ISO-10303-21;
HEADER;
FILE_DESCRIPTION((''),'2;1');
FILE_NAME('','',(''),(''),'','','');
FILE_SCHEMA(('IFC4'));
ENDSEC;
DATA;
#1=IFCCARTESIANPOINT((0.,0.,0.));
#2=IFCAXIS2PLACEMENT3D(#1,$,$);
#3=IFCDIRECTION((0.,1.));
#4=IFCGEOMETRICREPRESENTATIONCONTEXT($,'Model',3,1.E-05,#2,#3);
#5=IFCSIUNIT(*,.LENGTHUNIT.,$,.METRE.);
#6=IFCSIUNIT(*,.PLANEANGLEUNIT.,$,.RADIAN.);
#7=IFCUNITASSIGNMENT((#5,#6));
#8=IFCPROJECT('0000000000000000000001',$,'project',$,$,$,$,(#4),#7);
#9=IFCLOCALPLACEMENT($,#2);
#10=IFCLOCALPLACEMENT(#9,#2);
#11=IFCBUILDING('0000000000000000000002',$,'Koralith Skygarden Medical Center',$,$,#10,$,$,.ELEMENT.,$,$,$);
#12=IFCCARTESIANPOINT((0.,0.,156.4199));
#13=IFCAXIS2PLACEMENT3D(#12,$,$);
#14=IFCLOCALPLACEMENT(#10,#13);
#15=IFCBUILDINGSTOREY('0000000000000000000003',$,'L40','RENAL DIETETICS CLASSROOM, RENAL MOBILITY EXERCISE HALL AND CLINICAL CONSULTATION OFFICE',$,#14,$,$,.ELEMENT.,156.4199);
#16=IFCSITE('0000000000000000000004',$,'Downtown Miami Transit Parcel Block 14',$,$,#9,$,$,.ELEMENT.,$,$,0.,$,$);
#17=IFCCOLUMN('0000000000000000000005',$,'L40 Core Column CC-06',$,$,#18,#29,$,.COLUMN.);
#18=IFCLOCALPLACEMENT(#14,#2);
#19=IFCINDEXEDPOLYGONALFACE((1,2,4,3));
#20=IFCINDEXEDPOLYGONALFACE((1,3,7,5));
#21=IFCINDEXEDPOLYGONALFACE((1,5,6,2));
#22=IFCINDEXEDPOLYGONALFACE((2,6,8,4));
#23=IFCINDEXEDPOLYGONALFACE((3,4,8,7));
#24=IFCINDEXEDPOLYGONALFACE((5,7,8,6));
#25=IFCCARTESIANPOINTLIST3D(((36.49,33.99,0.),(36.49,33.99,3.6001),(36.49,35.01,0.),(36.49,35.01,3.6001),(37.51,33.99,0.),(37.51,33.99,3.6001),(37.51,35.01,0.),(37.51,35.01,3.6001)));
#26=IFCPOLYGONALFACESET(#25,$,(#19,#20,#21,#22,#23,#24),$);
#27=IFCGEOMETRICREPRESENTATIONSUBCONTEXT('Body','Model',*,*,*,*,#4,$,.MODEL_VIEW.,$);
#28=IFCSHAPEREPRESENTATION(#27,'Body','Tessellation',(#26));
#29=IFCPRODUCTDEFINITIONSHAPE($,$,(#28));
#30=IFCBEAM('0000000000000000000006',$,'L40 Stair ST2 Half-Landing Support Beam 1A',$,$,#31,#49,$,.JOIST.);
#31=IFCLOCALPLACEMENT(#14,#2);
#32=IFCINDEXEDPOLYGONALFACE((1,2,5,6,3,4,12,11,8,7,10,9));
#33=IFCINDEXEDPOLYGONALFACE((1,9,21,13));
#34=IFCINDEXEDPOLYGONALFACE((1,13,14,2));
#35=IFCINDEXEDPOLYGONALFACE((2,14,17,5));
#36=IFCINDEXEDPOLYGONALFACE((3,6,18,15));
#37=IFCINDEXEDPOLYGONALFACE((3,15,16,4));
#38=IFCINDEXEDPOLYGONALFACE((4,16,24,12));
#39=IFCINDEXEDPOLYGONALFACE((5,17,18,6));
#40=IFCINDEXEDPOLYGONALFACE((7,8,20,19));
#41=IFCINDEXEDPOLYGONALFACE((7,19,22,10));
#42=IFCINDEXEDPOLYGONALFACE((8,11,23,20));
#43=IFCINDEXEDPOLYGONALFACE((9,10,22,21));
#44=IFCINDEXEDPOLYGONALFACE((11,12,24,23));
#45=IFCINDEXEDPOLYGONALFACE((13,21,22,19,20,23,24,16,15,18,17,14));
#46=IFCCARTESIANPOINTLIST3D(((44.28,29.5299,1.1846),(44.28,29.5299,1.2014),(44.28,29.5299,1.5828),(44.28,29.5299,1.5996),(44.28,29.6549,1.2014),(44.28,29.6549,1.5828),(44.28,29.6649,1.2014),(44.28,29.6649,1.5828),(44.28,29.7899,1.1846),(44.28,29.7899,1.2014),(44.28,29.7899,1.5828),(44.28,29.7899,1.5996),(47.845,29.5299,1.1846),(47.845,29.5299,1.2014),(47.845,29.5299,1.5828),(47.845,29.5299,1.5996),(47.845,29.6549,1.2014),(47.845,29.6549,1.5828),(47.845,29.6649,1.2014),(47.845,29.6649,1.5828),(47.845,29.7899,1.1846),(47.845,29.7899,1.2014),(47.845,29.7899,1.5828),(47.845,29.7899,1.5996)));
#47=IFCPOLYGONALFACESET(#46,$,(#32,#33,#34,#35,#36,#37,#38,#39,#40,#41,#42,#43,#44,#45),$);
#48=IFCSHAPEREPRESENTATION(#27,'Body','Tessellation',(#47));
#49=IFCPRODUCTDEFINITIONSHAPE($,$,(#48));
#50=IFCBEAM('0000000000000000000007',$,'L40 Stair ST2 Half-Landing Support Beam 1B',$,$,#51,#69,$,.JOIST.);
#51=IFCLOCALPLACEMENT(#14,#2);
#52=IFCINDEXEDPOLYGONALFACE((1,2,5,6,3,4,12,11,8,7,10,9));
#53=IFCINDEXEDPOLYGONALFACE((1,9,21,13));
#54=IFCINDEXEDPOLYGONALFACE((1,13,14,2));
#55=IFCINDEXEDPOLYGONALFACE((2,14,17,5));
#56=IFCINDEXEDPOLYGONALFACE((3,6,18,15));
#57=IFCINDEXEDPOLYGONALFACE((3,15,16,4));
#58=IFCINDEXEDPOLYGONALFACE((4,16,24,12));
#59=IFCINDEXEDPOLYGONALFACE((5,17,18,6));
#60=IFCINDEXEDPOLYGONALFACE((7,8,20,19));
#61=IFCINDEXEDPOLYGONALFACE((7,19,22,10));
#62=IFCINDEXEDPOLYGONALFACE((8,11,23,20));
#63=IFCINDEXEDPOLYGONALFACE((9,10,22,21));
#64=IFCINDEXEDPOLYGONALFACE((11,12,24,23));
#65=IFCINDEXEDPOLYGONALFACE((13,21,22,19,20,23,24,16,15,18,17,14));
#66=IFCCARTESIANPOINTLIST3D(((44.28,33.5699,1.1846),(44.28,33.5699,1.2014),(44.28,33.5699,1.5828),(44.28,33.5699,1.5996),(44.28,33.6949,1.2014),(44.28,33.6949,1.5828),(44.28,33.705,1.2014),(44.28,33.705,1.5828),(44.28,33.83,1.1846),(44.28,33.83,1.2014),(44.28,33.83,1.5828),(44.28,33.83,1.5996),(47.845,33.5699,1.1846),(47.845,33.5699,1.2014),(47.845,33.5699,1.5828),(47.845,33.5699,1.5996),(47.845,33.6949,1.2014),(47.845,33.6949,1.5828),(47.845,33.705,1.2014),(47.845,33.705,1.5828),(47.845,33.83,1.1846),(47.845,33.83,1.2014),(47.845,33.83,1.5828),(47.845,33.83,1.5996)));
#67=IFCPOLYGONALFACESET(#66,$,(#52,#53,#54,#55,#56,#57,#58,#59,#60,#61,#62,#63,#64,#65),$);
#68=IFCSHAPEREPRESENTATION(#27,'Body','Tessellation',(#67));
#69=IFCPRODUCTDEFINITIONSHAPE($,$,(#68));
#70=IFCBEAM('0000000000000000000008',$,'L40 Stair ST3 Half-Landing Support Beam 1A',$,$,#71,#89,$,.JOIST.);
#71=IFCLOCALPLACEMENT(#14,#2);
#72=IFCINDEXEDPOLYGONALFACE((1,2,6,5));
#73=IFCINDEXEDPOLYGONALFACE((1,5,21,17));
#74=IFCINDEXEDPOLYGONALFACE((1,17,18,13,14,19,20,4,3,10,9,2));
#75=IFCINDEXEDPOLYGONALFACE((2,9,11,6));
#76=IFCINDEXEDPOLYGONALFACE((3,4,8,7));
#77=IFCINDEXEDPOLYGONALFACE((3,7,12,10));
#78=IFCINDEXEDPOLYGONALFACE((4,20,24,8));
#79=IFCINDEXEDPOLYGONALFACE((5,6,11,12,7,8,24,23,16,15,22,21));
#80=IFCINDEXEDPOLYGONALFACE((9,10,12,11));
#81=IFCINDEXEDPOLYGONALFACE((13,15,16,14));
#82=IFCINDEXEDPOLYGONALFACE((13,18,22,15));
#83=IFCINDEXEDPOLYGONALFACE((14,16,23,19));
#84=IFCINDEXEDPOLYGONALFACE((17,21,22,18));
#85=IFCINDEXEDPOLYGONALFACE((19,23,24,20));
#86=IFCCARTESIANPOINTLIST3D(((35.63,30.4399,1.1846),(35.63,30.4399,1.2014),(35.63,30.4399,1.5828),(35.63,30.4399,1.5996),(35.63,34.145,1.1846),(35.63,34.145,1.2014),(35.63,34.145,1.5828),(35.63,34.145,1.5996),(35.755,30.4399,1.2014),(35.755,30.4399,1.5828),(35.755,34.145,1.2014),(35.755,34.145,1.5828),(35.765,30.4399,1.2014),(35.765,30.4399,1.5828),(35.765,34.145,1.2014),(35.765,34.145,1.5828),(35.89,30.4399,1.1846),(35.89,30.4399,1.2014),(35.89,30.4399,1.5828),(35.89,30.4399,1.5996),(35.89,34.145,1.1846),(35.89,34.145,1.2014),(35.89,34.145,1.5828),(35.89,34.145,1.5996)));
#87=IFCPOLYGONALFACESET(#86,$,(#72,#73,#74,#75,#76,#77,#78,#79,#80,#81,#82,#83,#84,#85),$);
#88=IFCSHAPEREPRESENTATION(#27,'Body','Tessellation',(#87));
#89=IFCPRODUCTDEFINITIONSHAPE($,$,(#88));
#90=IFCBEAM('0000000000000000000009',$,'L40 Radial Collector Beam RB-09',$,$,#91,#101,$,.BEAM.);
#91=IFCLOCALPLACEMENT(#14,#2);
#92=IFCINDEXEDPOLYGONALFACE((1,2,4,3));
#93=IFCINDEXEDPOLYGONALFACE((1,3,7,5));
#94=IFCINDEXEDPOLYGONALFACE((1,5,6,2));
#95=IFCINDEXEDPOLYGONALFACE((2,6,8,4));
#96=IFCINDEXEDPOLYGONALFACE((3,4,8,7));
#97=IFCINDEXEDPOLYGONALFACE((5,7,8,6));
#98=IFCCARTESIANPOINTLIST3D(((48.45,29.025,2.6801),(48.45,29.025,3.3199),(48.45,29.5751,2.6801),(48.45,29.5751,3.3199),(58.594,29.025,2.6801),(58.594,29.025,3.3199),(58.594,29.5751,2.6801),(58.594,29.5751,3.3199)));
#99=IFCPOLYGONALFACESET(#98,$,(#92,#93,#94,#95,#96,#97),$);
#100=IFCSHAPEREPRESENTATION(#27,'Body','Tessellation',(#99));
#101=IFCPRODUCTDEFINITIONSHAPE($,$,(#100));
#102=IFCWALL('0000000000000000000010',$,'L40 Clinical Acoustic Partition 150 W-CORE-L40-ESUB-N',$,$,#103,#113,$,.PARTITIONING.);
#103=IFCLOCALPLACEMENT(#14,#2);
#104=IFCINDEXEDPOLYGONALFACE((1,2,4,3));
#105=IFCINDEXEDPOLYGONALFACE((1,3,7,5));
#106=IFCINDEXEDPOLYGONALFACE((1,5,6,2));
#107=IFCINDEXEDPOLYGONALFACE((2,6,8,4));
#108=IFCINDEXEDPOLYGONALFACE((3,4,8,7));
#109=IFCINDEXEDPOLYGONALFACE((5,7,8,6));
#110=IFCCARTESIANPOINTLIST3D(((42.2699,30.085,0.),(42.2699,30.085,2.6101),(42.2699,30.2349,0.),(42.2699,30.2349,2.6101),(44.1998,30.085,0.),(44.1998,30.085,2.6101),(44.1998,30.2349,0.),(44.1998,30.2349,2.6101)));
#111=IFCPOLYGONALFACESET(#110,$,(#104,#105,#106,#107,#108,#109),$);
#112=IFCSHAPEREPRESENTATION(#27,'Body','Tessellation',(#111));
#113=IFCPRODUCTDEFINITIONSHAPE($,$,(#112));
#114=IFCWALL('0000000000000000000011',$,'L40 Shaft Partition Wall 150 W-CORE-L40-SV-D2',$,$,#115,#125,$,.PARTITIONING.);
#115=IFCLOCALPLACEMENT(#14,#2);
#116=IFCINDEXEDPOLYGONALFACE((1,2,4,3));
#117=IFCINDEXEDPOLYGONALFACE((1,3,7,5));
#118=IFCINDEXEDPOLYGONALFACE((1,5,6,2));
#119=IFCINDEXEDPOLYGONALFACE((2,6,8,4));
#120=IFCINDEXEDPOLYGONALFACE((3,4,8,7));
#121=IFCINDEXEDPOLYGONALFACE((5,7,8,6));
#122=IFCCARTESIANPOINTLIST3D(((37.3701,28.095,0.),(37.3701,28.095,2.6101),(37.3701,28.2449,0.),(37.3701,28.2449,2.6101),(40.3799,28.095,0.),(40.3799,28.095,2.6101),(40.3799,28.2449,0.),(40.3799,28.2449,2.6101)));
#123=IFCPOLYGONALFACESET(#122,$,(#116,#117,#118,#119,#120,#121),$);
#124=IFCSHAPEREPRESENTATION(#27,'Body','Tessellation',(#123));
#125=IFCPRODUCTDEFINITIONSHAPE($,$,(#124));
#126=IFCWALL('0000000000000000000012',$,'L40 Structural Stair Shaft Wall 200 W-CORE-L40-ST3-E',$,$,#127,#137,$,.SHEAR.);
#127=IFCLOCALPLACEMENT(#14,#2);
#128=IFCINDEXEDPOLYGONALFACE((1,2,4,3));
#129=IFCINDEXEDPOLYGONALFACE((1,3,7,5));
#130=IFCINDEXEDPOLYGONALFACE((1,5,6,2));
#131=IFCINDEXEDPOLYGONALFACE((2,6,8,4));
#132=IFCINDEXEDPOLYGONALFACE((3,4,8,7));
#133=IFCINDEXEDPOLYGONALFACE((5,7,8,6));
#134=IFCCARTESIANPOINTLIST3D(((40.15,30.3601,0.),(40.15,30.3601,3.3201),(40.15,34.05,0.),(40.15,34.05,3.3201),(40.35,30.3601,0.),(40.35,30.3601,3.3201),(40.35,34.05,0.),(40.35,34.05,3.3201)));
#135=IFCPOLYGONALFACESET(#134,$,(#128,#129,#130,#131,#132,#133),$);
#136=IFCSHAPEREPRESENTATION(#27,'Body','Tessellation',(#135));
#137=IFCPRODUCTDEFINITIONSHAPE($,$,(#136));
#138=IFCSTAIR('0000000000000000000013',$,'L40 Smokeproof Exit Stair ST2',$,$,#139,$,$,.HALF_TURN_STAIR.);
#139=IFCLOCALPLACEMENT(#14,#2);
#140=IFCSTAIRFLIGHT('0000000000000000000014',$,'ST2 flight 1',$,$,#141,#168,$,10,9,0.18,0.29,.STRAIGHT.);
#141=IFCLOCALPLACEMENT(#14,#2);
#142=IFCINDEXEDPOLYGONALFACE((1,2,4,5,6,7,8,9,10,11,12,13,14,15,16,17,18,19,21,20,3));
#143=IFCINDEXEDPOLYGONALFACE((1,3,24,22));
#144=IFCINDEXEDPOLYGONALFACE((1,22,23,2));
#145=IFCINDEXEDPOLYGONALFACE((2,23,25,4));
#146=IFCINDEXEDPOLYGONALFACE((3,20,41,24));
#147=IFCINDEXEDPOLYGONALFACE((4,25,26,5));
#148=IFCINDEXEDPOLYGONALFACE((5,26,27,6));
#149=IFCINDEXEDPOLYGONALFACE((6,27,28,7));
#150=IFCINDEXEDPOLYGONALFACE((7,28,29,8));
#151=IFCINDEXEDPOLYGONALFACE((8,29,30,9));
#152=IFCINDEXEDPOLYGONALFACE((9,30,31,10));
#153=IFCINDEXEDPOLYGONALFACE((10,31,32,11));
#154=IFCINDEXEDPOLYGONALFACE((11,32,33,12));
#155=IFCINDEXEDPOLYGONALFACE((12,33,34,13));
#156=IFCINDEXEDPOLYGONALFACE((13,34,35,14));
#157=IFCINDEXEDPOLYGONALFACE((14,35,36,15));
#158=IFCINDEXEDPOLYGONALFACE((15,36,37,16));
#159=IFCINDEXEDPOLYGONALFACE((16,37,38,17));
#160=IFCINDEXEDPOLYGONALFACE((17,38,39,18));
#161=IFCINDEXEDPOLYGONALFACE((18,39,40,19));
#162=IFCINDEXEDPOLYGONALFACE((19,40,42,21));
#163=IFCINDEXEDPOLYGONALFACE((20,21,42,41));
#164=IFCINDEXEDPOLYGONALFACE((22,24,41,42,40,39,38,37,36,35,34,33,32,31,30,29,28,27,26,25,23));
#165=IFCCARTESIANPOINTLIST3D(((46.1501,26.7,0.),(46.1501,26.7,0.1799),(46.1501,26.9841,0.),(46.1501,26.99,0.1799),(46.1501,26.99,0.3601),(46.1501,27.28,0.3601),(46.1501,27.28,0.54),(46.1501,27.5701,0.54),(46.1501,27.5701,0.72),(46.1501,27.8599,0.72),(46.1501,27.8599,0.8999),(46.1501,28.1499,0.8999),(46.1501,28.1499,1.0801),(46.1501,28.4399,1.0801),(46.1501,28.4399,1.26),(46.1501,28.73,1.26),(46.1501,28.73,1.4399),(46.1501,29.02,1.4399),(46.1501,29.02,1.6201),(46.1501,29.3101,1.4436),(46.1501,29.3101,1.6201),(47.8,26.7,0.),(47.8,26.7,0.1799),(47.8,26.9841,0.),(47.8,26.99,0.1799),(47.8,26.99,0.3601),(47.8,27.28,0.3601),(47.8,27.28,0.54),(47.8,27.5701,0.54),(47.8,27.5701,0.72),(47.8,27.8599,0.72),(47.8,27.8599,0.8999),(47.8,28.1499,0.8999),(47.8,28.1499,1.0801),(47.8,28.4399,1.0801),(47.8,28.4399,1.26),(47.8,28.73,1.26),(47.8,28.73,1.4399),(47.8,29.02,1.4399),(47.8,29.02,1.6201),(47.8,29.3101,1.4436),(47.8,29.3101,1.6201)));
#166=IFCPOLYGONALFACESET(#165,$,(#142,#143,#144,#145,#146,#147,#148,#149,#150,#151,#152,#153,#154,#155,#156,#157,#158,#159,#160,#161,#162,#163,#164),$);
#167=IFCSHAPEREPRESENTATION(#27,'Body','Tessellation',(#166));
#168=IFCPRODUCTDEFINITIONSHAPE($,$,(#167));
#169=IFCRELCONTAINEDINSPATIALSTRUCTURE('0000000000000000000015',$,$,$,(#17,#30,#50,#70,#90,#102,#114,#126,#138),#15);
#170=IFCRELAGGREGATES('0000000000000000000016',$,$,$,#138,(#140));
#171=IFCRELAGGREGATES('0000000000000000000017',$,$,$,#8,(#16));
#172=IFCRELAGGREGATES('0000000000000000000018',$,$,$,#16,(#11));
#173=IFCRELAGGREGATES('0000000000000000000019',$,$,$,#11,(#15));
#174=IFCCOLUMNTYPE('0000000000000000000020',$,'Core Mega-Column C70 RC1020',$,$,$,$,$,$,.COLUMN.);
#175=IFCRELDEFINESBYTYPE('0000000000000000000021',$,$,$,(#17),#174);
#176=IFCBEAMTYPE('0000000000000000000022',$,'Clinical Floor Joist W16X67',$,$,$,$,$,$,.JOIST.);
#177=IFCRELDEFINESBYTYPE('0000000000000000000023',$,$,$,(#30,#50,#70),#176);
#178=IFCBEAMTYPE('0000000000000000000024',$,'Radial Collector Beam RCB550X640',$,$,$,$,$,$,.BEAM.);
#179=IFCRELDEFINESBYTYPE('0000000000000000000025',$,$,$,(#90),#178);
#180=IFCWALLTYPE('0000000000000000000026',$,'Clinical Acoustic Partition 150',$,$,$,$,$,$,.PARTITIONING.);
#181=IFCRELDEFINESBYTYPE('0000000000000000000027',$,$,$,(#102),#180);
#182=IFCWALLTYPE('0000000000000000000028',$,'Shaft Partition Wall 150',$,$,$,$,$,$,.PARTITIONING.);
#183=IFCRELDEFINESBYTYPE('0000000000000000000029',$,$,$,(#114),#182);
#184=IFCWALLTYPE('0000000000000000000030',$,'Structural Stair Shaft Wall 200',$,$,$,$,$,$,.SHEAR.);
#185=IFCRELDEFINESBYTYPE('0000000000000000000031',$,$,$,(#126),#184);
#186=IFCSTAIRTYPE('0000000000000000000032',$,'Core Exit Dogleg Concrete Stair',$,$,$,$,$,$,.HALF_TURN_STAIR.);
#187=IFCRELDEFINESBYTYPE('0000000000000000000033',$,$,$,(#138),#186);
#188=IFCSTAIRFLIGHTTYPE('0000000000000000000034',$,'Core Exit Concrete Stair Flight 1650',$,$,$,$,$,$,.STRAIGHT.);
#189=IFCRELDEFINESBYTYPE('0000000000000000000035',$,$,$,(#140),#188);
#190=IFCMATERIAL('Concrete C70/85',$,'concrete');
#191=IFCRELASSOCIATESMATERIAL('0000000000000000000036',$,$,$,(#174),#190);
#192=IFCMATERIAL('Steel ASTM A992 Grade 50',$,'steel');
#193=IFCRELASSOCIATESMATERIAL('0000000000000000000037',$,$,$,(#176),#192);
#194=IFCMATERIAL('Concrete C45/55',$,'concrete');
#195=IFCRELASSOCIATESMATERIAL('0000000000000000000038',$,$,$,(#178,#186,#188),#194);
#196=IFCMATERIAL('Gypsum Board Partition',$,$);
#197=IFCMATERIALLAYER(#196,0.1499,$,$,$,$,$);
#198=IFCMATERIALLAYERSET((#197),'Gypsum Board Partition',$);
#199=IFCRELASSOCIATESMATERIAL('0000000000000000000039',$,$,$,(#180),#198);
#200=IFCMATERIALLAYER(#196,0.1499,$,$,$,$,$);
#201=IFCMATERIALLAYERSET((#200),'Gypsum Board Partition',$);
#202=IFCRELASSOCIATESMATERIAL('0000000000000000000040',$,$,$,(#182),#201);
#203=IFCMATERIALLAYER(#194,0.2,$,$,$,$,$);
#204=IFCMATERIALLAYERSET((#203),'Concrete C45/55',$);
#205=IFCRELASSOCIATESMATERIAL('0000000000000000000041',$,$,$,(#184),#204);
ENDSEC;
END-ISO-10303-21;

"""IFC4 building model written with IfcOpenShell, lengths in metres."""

from ifc_helpers import new_model, si_unit, direction, frame, frame_2d, origin, origin_2d, place, context, subcontext, project, spatial, polyline, rectangle, i_section, outline, extrude, material, layer, layer_set, material_profile, profile_set, type_object, element, aggregate, save


model = new_model("IFC4")

# Units and contexts
model_context = context("Model", 3, precision=1e-05, world=origin(), true_north=direction((0.0, 1.0)))
body_context = subcontext(model_context, "Body", "Model", "MODEL_VIEW")
ifc_project = project(units=[si_unit("LENGTHUNIT", "METRE"), si_unit("PLANEANGLEUNIT", "RADIAN")], contexts=[model_context])

# Site, building, storey
site_placement = place(None, origin())
site = spatial("IfcSite", under=ifc_project, at=site_placement, Name="Downtown Miami Transit Parcel Block 14", CompositionType="ELEMENT", RefElevation=0.0)
building_placement = place(site_placement, origin())
building = spatial("IfcBuilding", under=site, at=building_placement, Name="Koralith Skygarden Medical Center", CompositionType="ELEMENT")
storey_placement = place(building_placement, frame((0.0, 0.0, 156.4199)))
storey = spatial("IfcBuildingStorey", under=building, at=storey_placement, Name="L40", Description="RENAL DIETETICS CLASSROOM, RENAL MOBILITY EXERCISE HALL AND CLINICAL CONSULTATION OFFICE", CompositionType="ELEMENT", Elevation=156.4199)

# Column
ifc_material_1 = material(Name="Concrete C70/85", Category="concrete")
ifc_material_profile_1 = material_profile(ifc_material_1, rectangle(XDim=1.02, YDim=1.02, at=origin_2d()), Name="RC1020X1020")
ifc_profile_set_1 = profile_set([ifc_material_profile_1], Name="Concrete C70/85")
column_type = type_object("IfcColumnType", Name="Core Mega-Column C70 RC1020", PredefinedType="COLUMN", material=ifc_profile_set_1)
column_placement = place(storey_placement, frame((37.0, 34.5, 0.0), z_axis=(0.0, 0.0, 1.0), x_axis=(1.0, 0.0, 0.0)))
element("IfcColumn", 1, at=column_placement, inside=storey, type_object=column_type, Name="L40 Core Column CC-06", PredefinedType="COLUMN", context=body_context, shape_type="SweptSolid", body=[
    extrude(rectangle(XDim=1.02, YDim=1.02, at=origin_2d()), origin(), (0.0, 0.0, 1.0), 3.6001),
])

# Beams
ifc_material_2 = material(Name="Steel ASTM A992 Grade 50", Category="steel")
ifc_material_profile_2 = material_profile(ifc_material_2, i_section(OverallWidth=0.26, OverallDepth=0.415, WebThickness=0.01, FlangeThickness=0.0168, at=origin_2d()), Name="W16X67")
ifc_profile_set_2 = profile_set([ifc_material_profile_2], Name="Steel ASTM A992 Grade 50")
beam_type_1 = type_object("IfcBeamType", Name="Clinical Floor Joist W16X67", PredefinedType="JOIST", material=ifc_profile_set_2)
for number, where, z_axis, x_axis, name in (
    (2, (44.28, 29.6599, 1.3921), (1.0, 0.0, 0.0), (0.0, 1.0, 0.0), "L40 Stair ST2 Half-Landing Support Beam 1A"),
    (3, (44.28, 33.7, 1.3921), (1.0, 0.0, 0.0), (0.0, 1.0, 0.0), "L40 Stair ST2 Half-Landing Support Beam 1B"),
):
    element("IfcBeam", number, at=place(storey_placement, frame(where, z_axis=z_axis, x_axis=x_axis)), inside=storey, type_object=beam_type_1, Name=name, PredefinedType="JOIST", context=body_context, shape_type="SweptSolid", body=[
        extrude(i_section(OverallWidth=0.26, OverallDepth=0.415, WebThickness=0.01, FlangeThickness=0.0168, at=origin_2d()), origin(), (0.0, 0.0, 1.0), 3.5649),
    ])
beam_1_placement = place(storey_placement, frame((35.76, 30.4399, 1.3921), z_axis=(0.0, 1.0, 0.0), x_axis=(-1.0, 0.0, 0.0)))
element("IfcBeam", 4, at=beam_1_placement, inside=storey, type_object=beam_type_1, Name="L40 Stair ST3 Half-Landing Support Beam 1A", PredefinedType="JOIST", context=body_context, shape_type="SweptSolid", body=[
    extrude(i_section(OverallWidth=0.26, OverallDepth=0.415, WebThickness=0.01, FlangeThickness=0.0168, at=origin_2d()), origin(), (0.0, 0.0, 1.0), 3.7051),
])
ifc_material_3 = material(Name="Concrete C45/55", Category="concrete")
ifc_material_profile_3 = material_profile(ifc_material_3, rectangle(XDim=0.55, YDim=0.6399, at=origin_2d()), Name="RCB550X640")
ifc_profile_set_3 = profile_set([ifc_material_profile_3], Name="Concrete C45/55")
beam_type_2 = type_object("IfcBeamType", Name="Radial Collector Beam RCB550X640", PredefinedType="BEAM", material=ifc_profile_set_3)
beam_2_placement = place(storey_placement, frame((48.45, 29.3, 3.0), z_axis=(1.0, 0.0, 0.0), x_axis=(0.0, 1.0, 0.0)))
element("IfcBeam", 5, at=beam_2_placement, inside=storey, type_object=beam_type_2, Name="L40 Radial Collector Beam RB-09", PredefinedType="BEAM", context=body_context, shape_type="SweptSolid", body=[
    extrude(rectangle(XDim=0.55, YDim=0.6399, at=origin_2d()), origin(), (0.0, 0.0, 1.0), 10.144),
])

# Wall
ifc_material_4 = material(Name="Gypsum Board Partition")
ifc_layer_1 = layer(ifc_material_4, 0.1499)
ifc_layer_set_1 = layer_set([ifc_layer_1], Name="Gypsum Board Partition")
wall_type_1 = type_object("IfcWallType", Name="Clinical Acoustic Partition 150", PredefinedType="PARTITIONING", material=ifc_layer_set_1)
wall_1_placement = place(storey_placement, frame((42.27, 30.1599, 0.0), z_axis=(0.0, 0.0, 1.0), x_axis=(1.0, 0.0, 0.0)))
element("IfcWall", 6, at=wall_1_placement, inside=storey, type_object=wall_type_1, Name="L40 Clinical Acoustic Partition 150 W-CORE-L40-ESUB-N", PredefinedType="PARTITIONING", context=body_context, shape_type="SweptSolid", body=[
    extrude(rectangle(XDim=1.9299, YDim=0.1499, at=frame_2d((0.9648, 0.0))), origin(), (0.0, 0.0, 1.0), 2.6101),
])

# Walls
ifc_layer_2 = layer(ifc_material_4, 0.1499)
ifc_layer_set_2 = layer_set([ifc_layer_2], Name="Gypsum Board Partition")
wall_type_2 = type_object("IfcWallType", Name="Shaft Partition Wall 150", PredefinedType="PARTITIONING", material=ifc_layer_set_2)
wall_2_placement = place(storey_placement, frame((37.3701, 28.1699, 0.0), z_axis=(0.0, 0.0, 1.0), x_axis=(1.0, 0.0, 0.0)))
element("IfcWall", 7, at=wall_2_placement, inside=storey, type_object=wall_type_2, Name="L40 Shaft Partition Wall 150 W-CORE-L40-SV-D2", PredefinedType="PARTITIONING", context=body_context, shape_type="SweptSolid", body=[
    extrude(rectangle(XDim=3.0098, YDim=0.1499, at=frame_2d((1.5049, 0.0))), origin(), (0.0, 0.0, 1.0), 2.6101),
])
ifc_layer_3 = layer(ifc_material_3, 0.2)
ifc_layer_set_3 = layer_set([ifc_layer_3], Name="Concrete C45/55")
wall_type_3 = type_object("IfcWallType", Name="Structural Stair Shaft Wall 200", PredefinedType="SHEAR", material=ifc_layer_set_3)
wall_3_placement = place(storey_placement, frame((40.25, 30.3601, 0.0), z_axis=(0.0, 0.0, 1.0), x_axis=(0.0, 1.0, 0.0)))
element("IfcWall", 8, at=wall_3_placement, inside=storey, type_object=wall_type_3, Name="L40 Structural Stair Shaft Wall 200 W-CORE-L40-ST3-E", PredefinedType="SHEAR", context=body_context, shape_type="SweptSolid", body=[
    extrude(rectangle(XDim=3.6899, YDim=0.2, at=frame_2d((1.845, 0.0))), origin(), (0.0, 0.0, 1.0), 3.3201),
])

# Stair, stair flight
stair_type = type_object("IfcStairType", Name="Core Exit Dogleg Concrete Stair", PredefinedType="HALF_TURN_STAIR", material=ifc_material_3)
stair_placement = place(storey_placement, origin())
stair = element("IfcStair", 9, at=stair_placement, inside=storey, type_object=stair_type, Name="L40 Smokeproof Exit Stair ST2", PredefinedType="HALF_TURN_STAIR")
stair_flight_type = type_object("IfcStairFlightType", Name="Core Exit Concrete Stair Flight 1650", PredefinedType="STRAIGHT", material=ifc_material_3)
stair_flight_1_placement = place(storey_placement, frame((46.9751, 26.7, 0.0), z_axis=(0.0, 0.0, 1.0), x_axis=(0.0, 1.0, 0.0)))
stair_flight_1 = element("IfcStairFlight", 10, at=stair_flight_1_placement, type_object=stair_flight_type, Name="ST2 flight 1", NumberOfRisers=10, NumberOfTreads=9, PredefinedType="STRAIGHT", RiserHeight=0.18, TreadLength=0.29, context=body_context, shape_type="SweptSolid", body=[
    extrude(outline(polyline([(0.0, 0.0), (0.0, 0.1799), (0.29, 0.1799), (0.29, 0.3601), (0.5801, 0.3601), (0.5801, 0.54), (0.8701, 0.54), (0.8701, 0.72), (1.1599, 0.72), (1.1599, 0.8999), (1.45, 0.8999), (1.45, 1.0801), (1.74, 1.0801), (1.74, 1.26), (2.03, 1.26), (2.03, 1.4399), (2.3201, 1.4399), (2.3201, 1.6201), (2.6101, 1.6201), (2.6101, 1.8), (2.6101, 1.4436), (0.2842, 0.0), (0.0, 0.0)])), frame((0.0, 0.825, 0.0), z_axis=(0.0, -1.0, 0.0), x_axis=(1.0, 0.0, 0.0)), (0.0, 0.0, 1.0), 1.6499),
])
aggregate(stair, [stair_flight_1])

save(model, "model.ifc")
